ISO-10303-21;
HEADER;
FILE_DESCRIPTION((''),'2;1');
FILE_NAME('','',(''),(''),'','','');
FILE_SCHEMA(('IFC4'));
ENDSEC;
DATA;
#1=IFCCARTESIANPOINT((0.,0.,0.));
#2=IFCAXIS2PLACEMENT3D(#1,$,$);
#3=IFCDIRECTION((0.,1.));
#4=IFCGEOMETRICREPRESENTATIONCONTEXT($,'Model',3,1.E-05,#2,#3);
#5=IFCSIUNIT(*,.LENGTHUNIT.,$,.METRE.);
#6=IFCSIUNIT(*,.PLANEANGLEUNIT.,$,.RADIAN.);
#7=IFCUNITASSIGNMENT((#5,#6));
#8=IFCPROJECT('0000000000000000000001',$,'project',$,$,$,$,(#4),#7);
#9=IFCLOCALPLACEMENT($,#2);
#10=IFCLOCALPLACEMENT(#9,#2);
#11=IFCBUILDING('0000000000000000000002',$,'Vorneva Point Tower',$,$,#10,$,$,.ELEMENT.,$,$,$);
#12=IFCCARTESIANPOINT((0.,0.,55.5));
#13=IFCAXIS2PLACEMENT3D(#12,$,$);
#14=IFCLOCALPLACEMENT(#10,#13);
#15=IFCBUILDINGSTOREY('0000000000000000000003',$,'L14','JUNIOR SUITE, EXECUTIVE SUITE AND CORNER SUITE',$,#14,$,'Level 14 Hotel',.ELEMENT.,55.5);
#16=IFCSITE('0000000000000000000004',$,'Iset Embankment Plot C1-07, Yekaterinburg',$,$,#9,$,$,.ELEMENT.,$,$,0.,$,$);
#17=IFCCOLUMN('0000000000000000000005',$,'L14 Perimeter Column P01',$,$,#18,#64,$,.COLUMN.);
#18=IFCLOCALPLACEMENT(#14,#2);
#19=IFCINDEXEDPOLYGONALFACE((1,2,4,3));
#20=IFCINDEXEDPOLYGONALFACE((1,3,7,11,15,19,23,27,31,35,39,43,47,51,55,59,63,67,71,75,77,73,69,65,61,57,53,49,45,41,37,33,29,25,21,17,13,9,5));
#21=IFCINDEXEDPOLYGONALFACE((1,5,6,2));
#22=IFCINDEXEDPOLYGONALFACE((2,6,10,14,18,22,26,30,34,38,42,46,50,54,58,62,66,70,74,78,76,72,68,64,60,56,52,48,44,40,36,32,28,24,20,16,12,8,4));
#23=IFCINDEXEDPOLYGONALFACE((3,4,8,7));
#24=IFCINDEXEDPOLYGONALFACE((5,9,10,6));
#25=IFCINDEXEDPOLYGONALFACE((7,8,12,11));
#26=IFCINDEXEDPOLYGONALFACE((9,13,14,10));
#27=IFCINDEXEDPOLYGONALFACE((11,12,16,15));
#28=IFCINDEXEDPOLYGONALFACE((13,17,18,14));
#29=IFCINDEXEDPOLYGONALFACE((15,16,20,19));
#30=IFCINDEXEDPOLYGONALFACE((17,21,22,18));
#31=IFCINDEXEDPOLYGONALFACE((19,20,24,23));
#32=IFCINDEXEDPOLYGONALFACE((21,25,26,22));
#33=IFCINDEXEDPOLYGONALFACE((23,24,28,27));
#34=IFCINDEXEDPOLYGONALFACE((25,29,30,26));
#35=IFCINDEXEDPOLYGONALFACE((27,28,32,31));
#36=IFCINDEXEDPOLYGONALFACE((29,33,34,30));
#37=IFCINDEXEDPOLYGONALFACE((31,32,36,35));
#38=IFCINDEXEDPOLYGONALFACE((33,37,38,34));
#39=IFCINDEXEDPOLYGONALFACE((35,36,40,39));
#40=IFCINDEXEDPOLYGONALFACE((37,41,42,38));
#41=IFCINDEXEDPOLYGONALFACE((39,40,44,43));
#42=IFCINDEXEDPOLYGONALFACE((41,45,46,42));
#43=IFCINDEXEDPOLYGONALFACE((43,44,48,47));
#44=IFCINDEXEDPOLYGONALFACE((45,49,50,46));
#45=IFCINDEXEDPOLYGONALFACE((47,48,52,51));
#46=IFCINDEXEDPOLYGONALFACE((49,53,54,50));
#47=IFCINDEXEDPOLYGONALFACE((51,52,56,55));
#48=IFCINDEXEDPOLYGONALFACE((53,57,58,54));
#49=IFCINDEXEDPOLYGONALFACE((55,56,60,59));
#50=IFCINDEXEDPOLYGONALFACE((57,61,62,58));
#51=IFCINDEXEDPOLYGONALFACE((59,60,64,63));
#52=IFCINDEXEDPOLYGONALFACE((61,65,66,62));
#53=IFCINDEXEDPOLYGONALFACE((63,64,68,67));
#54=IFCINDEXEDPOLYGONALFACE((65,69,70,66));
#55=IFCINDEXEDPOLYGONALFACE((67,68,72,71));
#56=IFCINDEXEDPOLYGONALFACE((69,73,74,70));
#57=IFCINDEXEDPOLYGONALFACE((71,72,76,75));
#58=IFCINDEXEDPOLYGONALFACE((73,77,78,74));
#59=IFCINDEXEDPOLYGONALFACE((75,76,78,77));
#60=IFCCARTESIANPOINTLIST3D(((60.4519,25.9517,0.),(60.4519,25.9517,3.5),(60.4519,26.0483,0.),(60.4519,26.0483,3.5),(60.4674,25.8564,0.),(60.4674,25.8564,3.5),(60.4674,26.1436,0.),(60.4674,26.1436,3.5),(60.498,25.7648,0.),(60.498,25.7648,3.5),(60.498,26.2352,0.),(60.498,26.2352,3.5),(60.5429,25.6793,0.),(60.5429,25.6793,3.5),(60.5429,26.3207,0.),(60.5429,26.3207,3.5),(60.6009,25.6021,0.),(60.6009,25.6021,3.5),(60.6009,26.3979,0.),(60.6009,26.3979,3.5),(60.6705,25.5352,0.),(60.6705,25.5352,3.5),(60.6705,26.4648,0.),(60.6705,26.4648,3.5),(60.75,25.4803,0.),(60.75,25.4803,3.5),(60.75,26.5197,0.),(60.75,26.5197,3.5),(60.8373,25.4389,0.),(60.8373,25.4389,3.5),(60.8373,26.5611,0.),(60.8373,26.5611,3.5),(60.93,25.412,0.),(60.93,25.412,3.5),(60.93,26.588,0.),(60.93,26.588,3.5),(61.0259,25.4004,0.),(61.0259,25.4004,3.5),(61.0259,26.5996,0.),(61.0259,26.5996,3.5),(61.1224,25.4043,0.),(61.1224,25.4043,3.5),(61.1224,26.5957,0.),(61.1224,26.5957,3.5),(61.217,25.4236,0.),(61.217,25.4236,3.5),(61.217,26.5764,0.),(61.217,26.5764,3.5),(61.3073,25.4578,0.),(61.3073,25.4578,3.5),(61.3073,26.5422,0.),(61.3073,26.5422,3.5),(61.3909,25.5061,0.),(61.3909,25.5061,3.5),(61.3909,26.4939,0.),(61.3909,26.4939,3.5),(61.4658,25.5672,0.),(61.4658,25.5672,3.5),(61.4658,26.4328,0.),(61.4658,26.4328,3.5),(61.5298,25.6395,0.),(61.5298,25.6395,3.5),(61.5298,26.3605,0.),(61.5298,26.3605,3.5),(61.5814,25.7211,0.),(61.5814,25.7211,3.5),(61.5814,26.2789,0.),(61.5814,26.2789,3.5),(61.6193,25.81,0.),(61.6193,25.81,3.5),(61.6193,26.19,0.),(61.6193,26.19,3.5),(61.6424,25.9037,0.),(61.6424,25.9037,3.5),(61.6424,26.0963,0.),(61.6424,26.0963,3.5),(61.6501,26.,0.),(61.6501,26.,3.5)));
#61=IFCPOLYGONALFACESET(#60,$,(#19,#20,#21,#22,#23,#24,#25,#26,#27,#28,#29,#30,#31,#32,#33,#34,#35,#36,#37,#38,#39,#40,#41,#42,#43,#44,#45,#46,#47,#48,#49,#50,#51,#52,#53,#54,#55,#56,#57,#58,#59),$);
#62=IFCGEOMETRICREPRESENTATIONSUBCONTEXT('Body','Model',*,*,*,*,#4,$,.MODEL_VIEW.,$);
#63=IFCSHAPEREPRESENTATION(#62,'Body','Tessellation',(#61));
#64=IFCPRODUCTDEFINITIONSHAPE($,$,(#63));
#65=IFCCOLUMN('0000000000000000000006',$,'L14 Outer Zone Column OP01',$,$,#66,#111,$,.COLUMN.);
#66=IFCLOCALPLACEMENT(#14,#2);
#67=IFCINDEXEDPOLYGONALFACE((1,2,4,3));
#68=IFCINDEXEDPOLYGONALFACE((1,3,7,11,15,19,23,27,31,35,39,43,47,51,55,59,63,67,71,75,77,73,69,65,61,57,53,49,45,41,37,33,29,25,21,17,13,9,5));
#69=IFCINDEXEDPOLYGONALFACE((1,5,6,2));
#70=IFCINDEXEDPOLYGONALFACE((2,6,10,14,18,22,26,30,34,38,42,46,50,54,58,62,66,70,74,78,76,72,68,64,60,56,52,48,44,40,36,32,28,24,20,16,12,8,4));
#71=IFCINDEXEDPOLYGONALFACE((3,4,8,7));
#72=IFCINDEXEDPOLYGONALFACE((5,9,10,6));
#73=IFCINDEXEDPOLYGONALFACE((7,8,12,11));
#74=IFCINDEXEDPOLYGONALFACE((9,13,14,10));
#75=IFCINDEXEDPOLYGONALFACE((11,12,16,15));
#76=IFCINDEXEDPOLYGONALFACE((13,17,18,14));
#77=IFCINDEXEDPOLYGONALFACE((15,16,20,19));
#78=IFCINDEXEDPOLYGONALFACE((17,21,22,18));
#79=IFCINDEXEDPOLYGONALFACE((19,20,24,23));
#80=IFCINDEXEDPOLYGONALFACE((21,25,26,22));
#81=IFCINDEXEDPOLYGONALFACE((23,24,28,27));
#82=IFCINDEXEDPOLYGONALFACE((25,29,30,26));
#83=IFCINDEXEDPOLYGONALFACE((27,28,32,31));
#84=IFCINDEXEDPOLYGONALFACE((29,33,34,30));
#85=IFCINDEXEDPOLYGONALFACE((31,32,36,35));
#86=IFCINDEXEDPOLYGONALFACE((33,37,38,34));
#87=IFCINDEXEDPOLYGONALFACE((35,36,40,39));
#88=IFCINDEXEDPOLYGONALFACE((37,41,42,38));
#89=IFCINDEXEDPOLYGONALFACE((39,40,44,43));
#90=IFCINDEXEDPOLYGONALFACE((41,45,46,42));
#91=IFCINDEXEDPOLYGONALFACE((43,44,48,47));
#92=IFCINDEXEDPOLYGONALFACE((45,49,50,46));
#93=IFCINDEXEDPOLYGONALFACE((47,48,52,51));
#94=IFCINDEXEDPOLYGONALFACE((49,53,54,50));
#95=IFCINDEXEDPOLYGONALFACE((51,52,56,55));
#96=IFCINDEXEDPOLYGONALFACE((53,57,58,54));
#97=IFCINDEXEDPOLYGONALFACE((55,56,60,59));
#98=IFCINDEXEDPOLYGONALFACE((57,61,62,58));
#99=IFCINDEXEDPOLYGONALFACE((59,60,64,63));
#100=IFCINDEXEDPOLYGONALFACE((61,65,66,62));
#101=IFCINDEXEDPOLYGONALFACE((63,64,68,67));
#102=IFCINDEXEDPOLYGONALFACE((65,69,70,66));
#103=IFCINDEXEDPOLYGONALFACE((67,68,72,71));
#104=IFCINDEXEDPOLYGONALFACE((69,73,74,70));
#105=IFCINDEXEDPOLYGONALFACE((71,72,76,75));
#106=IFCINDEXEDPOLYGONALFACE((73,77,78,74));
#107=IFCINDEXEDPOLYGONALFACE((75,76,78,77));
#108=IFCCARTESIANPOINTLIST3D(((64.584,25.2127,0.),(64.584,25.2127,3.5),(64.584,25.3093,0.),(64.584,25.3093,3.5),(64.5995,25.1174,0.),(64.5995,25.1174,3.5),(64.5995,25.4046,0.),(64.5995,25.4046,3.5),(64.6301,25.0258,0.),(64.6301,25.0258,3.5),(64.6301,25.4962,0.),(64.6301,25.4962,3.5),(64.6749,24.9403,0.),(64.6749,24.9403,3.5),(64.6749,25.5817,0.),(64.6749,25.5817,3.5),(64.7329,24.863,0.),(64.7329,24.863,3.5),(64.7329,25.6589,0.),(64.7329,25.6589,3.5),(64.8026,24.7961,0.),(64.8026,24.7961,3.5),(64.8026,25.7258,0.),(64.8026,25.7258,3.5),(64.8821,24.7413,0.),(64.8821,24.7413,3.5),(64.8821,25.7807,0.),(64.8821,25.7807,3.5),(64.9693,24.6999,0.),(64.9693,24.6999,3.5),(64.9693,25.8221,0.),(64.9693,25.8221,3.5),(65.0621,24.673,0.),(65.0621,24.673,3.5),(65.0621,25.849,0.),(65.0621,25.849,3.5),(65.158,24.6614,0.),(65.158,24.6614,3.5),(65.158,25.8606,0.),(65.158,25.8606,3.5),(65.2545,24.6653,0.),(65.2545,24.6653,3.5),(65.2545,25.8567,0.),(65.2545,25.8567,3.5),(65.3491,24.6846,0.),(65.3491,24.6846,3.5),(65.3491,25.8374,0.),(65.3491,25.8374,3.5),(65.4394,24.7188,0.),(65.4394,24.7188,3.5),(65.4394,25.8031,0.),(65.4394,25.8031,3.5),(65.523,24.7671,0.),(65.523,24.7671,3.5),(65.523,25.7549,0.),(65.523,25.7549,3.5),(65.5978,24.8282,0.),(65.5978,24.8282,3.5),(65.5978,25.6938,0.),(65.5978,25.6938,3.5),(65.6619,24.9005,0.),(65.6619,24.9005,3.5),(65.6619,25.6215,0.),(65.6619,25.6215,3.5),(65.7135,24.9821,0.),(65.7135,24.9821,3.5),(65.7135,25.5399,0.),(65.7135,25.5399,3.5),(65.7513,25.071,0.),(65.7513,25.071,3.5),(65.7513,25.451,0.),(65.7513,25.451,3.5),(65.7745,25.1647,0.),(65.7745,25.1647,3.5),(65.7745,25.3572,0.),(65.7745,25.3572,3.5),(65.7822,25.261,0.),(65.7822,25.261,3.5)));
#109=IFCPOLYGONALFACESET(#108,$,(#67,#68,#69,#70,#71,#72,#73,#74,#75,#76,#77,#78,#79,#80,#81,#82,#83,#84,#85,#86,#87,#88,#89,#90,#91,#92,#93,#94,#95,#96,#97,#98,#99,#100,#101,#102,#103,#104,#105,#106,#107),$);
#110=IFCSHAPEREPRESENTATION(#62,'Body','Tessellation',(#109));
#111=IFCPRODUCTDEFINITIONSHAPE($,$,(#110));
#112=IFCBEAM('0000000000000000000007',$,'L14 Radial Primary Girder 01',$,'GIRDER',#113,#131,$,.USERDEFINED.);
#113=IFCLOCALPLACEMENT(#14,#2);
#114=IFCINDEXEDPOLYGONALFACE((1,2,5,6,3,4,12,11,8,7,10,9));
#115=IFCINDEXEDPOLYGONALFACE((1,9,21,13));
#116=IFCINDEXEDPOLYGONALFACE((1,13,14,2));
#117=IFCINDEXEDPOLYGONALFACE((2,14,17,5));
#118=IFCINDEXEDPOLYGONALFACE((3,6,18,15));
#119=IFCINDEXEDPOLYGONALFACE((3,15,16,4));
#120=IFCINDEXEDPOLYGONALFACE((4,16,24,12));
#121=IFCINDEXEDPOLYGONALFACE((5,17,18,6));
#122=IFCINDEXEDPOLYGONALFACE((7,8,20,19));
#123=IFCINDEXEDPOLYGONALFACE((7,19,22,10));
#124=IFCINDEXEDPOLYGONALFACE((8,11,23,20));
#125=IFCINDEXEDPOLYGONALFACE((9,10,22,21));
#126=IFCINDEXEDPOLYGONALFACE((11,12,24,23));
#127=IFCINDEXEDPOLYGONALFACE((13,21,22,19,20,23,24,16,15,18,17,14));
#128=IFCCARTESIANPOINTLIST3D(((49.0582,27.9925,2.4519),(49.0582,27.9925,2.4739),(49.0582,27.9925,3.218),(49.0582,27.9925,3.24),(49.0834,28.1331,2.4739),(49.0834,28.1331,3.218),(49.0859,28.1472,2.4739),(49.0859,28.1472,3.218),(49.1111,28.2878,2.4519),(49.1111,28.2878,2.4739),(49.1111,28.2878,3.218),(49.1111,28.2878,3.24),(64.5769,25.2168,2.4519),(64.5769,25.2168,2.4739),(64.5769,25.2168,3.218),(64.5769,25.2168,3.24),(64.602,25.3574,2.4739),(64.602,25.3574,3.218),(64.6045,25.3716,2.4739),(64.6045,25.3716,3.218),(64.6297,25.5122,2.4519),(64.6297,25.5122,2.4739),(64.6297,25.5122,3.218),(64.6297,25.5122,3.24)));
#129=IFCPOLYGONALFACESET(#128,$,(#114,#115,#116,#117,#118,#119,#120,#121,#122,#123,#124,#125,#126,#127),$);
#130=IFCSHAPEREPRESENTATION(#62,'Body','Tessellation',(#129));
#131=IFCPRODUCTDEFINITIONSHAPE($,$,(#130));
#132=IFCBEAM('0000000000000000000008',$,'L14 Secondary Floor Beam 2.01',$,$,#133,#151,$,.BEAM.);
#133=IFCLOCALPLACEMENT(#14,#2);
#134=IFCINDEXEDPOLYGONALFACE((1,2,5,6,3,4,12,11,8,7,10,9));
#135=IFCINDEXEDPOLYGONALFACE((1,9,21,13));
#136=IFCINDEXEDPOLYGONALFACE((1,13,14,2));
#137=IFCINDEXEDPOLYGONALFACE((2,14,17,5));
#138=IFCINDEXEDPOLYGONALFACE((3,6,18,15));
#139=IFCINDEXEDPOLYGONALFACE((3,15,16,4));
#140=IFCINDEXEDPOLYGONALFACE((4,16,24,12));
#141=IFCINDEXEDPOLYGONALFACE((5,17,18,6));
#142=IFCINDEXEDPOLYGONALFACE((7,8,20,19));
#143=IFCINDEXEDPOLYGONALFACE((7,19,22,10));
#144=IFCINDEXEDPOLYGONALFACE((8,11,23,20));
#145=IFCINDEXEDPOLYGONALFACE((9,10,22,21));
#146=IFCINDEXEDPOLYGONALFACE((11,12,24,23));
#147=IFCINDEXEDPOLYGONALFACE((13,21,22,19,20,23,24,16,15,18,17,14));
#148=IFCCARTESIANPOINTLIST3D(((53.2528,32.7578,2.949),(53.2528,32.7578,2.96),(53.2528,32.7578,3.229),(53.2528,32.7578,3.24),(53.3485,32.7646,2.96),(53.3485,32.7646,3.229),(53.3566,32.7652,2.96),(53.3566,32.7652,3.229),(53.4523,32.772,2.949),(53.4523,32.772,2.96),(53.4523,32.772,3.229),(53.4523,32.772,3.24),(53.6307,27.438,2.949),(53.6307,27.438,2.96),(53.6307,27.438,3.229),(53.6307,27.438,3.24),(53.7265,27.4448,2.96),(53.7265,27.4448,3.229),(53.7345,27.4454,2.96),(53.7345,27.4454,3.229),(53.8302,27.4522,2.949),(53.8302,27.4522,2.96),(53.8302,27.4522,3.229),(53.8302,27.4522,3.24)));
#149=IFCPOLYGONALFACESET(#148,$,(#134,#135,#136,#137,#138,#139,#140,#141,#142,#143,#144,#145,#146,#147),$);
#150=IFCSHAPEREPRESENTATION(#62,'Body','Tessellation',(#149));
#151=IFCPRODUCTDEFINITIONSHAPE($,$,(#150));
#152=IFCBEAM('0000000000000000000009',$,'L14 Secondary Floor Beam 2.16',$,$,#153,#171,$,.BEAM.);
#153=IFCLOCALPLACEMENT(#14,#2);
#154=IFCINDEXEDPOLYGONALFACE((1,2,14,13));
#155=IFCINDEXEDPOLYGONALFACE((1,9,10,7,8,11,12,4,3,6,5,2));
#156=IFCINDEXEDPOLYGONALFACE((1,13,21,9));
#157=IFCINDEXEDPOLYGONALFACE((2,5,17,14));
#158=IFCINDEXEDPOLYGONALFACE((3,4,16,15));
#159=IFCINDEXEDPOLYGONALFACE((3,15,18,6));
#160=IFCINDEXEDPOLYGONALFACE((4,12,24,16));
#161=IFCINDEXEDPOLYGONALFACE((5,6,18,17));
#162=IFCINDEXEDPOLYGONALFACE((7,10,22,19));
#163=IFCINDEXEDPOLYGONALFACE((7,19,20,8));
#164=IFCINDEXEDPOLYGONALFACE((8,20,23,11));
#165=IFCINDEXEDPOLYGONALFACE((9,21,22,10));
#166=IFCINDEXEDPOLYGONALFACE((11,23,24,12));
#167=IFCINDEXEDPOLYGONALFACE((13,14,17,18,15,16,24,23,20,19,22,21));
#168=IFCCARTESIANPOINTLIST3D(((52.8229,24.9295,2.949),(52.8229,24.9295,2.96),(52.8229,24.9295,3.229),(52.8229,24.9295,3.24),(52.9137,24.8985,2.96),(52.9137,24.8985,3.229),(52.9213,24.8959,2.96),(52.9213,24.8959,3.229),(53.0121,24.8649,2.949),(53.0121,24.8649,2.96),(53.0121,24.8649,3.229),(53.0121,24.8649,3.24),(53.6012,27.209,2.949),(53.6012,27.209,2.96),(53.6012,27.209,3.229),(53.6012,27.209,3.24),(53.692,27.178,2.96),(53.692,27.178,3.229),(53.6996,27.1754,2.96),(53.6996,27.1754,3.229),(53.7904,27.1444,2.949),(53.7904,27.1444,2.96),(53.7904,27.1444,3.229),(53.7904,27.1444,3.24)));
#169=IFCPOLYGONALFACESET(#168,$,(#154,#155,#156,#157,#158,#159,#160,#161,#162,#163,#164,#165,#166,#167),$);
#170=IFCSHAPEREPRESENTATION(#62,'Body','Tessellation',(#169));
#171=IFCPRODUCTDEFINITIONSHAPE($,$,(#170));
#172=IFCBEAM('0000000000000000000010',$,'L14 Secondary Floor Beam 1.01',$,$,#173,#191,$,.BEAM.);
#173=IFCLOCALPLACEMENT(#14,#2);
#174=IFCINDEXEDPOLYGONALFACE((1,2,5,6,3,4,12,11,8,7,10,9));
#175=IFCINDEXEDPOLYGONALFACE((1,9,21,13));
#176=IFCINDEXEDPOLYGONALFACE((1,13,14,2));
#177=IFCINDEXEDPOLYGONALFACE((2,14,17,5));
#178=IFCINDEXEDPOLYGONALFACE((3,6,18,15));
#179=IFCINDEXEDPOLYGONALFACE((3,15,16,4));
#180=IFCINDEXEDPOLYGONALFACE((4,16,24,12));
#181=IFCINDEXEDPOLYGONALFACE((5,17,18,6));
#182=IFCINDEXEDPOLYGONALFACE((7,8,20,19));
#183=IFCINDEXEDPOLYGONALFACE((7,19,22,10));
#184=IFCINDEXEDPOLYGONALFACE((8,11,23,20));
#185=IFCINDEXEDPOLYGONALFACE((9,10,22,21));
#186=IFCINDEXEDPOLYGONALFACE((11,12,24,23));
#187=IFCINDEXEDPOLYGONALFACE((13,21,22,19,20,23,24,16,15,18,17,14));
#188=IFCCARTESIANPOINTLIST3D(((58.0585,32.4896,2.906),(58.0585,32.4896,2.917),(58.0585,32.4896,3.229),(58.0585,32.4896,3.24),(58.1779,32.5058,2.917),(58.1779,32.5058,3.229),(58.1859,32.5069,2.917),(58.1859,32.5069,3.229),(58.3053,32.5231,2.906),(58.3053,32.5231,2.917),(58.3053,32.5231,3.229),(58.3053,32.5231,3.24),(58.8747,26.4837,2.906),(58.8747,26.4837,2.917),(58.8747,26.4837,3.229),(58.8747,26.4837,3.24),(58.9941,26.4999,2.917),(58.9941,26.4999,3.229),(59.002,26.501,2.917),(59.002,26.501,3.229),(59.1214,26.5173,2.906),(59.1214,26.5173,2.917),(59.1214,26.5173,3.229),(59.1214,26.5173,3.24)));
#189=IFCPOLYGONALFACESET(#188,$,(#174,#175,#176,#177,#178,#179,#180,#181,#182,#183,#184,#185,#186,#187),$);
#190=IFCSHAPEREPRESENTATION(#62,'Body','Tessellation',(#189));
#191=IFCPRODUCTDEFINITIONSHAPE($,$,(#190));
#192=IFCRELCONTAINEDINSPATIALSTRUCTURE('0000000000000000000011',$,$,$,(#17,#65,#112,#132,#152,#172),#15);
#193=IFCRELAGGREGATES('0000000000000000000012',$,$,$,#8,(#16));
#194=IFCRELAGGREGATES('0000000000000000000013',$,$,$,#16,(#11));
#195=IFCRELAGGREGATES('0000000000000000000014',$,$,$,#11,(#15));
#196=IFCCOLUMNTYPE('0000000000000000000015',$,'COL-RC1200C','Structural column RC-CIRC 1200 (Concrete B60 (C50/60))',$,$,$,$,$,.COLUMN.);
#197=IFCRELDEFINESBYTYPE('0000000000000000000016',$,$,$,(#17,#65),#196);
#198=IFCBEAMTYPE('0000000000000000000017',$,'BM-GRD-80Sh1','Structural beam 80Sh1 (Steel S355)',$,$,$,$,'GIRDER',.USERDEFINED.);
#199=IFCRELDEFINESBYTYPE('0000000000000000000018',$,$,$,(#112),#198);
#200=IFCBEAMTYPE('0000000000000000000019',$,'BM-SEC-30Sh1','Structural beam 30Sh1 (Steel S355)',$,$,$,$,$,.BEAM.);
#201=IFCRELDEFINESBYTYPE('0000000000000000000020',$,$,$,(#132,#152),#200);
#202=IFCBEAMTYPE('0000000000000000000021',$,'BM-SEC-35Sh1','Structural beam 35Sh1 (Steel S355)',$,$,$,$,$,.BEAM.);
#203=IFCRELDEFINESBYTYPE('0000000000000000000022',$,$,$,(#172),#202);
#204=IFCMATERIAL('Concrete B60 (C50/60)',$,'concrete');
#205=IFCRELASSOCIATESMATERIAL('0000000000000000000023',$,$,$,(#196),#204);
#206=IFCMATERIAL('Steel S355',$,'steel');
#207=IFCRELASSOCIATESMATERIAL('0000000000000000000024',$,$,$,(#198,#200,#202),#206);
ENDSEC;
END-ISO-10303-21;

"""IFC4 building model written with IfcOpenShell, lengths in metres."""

from ifc_helpers import new_model, si_unit, direction, frame, origin, origin_2d, place, context, subcontext, project, spatial, circle, i_section, extrude, material, material_profile, profile_set, type_object, element, save


model = new_model("IFC4")

# Units and contexts
model_context = context("Model", 3, precision=1e-05, world=origin(), true_north=direction((0.0, 1.0)))
body_context = subcontext(model_context, "Body", "Model", "MODEL_VIEW")
ifc_project = project(units=[si_unit("LENGTHUNIT", "METRE"), si_unit("PLANEANGLEUNIT", "RADIAN")], contexts=[model_context])

# Site, building, storey
site_placement = place(None, origin())
site = spatial("IfcSite", under=ifc_project, at=site_placement, Name="Iset Embankment Plot C1-07, Yekaterinburg", CompositionType="ELEMENT", RefElevation=0.0)
building_placement = place(site_placement, origin())
building = spatial("IfcBuilding", under=site, at=building_placement, Name="Vorneva Point Tower", CompositionType="ELEMENT")
storey_placement = place(building_placement, frame((0.0, 0.0, 55.5)))
storey = spatial("IfcBuildingStorey", under=building, at=storey_placement, Name="L14", Description="JUNIOR SUITE, EXECUTIVE SUITE AND CORNER SUITE", LongName="Level 14 Hotel", CompositionType="ELEMENT", Elevation=55.5)

# Columns
ifc_material_1 = material(Name="Concrete B60 (C50/60)", Category="concrete")
ifc_material_profile_1 = material_profile(ifc_material_1, circle(Radius=0.6001, at=origin_2d()), Name="RC-CIRC 1200")
ifc_profile_set_1 = profile_set([ifc_material_profile_1], Name="Concrete B60 (C50/60)")
column_type = type_object("IfcColumnType", Name="COL-RC1200C", Description="Structural column RC-CIRC 1200 (Concrete B60 (C50/60))", PredefinedType="COLUMN", material=ifc_profile_set_1)
for number, where, z_axis, x_axis, name in (
    (1, (61.05, 26.0, 0.0), (0.0, 0.0, 1.0), (1.0, 0.0, 0.0), "L14 Perimeter Column P01"),
    (2, (65.1821, 25.261, 0.0), (0.0, 0.0, 1.0), (1.0, 0.0, 0.0), "L14 Outer Zone Column OP01"),
):
    element("IfcColumn", number, at=place(storey_placement, frame(where, z_axis=z_axis, x_axis=x_axis)), inside=storey, type_object=column_type, Name=name, PredefinedType="COLUMN", context=body_context, shape_type="SweptSolid", body=[
        extrude(circle(Radius=0.6001, at=origin_2d()), origin(), (0.0, 0.0, 1.0), 3.5),
    ])

# Beams
ifc_material_2 = material(Name="Steel S355", Category="steel")
ifc_material_profile_2 = material_profile(ifc_material_2, i_section(OverallWidth=0.3, OverallDepth=0.7881, WebThickness=0.0144, FlangeThickness=0.022, at=origin_2d()), Name="80Sh1")
ifc_profile_set_2 = profile_set([ifc_material_profile_2], Name="Steel S355")
beam_type_1 = type_object("IfcBeamType", Name="BM-GRD-80Sh1", Description="Structural beam 80Sh1 (Steel S355)", ElementType="GIRDER", PredefinedType="USERDEFINED", material=ifc_profile_set_2)
beam_1_placement = place(storey_placement, frame((64.6033, 25.3645, 2.8459), z_axis=(-0.984379, 0.176065, 0.0), x_axis=(-0.176065, -0.984379, 0.0)))
element("IfcBeam", 3, at=beam_1_placement, inside=storey, type_object=beam_type_1, Name="L14 Radial Primary Girder 01", ObjectType="GIRDER", PredefinedType="USERDEFINED", context=body_context, shape_type="SweptSolid", body=[
    extrude(i_section(OverallWidth=0.3, OverallDepth=0.7881, WebThickness=0.0144, FlangeThickness=0.022, at=origin_2d()), origin(), (0.0, 0.0, 1.0), 15.7649),
])
ifc_material_profile_3 = material_profile(ifc_material_2, i_section(OverallWidth=0.2, OverallDepth=0.291, WebThickness=0.0081, FlangeThickness=0.011, at=origin_2d()), Name="30Sh1")
ifc_profile_set_3 = profile_set([ifc_material_profile_3], Name="Steel S355")
beam_type_2 = type_object("IfcBeamType", Name="BM-SEC-30Sh1", Description="Structural beam 30Sh1 (Steel S355)", PredefinedType="BEAM", material=ifc_profile_set_3)
beam_2_placement = place(storey_placement, frame((53.7305, 27.4451, 3.0945), z_axis=(-0.070863, 0.997486, 0.0), x_axis=(-0.997486, -0.070863, 0.0)))
element("IfcBeam", 4, at=beam_2_placement, inside=storey, type_object=beam_type_2, Name="L14 Secondary Floor Beam 2.01", PredefinedType="BEAM", context=body_context, shape_type="SweptSolid", body=[
    extrude(i_section(OverallWidth=0.2, OverallDepth=0.291, WebThickness=0.0081, FlangeThickness=0.011, at=origin_2d()), origin(), (0.0, 0.0, 1.0), 5.3333),
])
beam_3_placement = place(storey_placement, frame((52.9175, 24.8972, 3.0945), z_axis=(0.323122, 0.946357, 0.0), x_axis=(-0.946357, 0.323122, 0.0)))
element("IfcBeam", 5, at=beam_3_placement, inside=storey, type_object=beam_type_2, Name="L14 Secondary Floor Beam 2.16", PredefinedType="BEAM", context=body_context, shape_type="SweptSolid", body=[
    extrude(i_section(OverallWidth=0.2, OverallDepth=0.291, WebThickness=0.0081, FlangeThickness=0.011, at=origin_2d()), origin(), (0.0, 0.0, 1.0), 2.4087),
])
ifc_material_profile_4 = material_profile(ifc_material_2, i_section(OverallWidth=0.249, OverallDepth=0.334, WebThickness=0.0081, FlangeThickness=0.011, at=origin_2d()), Name="35Sh1")
ifc_profile_set_4 = profile_set([ifc_material_profile_4], Name="Steel S355")
beam_type_3 = type_object("IfcBeamType", Name="BM-SEC-35Sh1", Description="Structural beam 35Sh1 (Steel S355)", PredefinedType="BEAM", material=ifc_profile_set_4)
beam_4_placement = place(storey_placement, frame((58.998, 26.5005, 3.073), z_axis=(-0.134657, 0.990892, 0.0), x_axis=(-0.990892, -0.134657, 0.0)))
element("IfcBeam", 6, at=beam_4_placement, inside=storey, type_object=beam_type_3, Name="L14 Secondary Floor Beam 1.01", PredefinedType="BEAM", context=body_context, shape_type="SweptSolid", body=[
    extrude(i_section(OverallWidth=0.249, OverallDepth=0.334, WebThickness=0.0081, FlangeThickness=0.011, at=origin_2d()), origin(), (0.0, 0.0, 1.0), 6.061),
])

save(model, "model.ifc")
